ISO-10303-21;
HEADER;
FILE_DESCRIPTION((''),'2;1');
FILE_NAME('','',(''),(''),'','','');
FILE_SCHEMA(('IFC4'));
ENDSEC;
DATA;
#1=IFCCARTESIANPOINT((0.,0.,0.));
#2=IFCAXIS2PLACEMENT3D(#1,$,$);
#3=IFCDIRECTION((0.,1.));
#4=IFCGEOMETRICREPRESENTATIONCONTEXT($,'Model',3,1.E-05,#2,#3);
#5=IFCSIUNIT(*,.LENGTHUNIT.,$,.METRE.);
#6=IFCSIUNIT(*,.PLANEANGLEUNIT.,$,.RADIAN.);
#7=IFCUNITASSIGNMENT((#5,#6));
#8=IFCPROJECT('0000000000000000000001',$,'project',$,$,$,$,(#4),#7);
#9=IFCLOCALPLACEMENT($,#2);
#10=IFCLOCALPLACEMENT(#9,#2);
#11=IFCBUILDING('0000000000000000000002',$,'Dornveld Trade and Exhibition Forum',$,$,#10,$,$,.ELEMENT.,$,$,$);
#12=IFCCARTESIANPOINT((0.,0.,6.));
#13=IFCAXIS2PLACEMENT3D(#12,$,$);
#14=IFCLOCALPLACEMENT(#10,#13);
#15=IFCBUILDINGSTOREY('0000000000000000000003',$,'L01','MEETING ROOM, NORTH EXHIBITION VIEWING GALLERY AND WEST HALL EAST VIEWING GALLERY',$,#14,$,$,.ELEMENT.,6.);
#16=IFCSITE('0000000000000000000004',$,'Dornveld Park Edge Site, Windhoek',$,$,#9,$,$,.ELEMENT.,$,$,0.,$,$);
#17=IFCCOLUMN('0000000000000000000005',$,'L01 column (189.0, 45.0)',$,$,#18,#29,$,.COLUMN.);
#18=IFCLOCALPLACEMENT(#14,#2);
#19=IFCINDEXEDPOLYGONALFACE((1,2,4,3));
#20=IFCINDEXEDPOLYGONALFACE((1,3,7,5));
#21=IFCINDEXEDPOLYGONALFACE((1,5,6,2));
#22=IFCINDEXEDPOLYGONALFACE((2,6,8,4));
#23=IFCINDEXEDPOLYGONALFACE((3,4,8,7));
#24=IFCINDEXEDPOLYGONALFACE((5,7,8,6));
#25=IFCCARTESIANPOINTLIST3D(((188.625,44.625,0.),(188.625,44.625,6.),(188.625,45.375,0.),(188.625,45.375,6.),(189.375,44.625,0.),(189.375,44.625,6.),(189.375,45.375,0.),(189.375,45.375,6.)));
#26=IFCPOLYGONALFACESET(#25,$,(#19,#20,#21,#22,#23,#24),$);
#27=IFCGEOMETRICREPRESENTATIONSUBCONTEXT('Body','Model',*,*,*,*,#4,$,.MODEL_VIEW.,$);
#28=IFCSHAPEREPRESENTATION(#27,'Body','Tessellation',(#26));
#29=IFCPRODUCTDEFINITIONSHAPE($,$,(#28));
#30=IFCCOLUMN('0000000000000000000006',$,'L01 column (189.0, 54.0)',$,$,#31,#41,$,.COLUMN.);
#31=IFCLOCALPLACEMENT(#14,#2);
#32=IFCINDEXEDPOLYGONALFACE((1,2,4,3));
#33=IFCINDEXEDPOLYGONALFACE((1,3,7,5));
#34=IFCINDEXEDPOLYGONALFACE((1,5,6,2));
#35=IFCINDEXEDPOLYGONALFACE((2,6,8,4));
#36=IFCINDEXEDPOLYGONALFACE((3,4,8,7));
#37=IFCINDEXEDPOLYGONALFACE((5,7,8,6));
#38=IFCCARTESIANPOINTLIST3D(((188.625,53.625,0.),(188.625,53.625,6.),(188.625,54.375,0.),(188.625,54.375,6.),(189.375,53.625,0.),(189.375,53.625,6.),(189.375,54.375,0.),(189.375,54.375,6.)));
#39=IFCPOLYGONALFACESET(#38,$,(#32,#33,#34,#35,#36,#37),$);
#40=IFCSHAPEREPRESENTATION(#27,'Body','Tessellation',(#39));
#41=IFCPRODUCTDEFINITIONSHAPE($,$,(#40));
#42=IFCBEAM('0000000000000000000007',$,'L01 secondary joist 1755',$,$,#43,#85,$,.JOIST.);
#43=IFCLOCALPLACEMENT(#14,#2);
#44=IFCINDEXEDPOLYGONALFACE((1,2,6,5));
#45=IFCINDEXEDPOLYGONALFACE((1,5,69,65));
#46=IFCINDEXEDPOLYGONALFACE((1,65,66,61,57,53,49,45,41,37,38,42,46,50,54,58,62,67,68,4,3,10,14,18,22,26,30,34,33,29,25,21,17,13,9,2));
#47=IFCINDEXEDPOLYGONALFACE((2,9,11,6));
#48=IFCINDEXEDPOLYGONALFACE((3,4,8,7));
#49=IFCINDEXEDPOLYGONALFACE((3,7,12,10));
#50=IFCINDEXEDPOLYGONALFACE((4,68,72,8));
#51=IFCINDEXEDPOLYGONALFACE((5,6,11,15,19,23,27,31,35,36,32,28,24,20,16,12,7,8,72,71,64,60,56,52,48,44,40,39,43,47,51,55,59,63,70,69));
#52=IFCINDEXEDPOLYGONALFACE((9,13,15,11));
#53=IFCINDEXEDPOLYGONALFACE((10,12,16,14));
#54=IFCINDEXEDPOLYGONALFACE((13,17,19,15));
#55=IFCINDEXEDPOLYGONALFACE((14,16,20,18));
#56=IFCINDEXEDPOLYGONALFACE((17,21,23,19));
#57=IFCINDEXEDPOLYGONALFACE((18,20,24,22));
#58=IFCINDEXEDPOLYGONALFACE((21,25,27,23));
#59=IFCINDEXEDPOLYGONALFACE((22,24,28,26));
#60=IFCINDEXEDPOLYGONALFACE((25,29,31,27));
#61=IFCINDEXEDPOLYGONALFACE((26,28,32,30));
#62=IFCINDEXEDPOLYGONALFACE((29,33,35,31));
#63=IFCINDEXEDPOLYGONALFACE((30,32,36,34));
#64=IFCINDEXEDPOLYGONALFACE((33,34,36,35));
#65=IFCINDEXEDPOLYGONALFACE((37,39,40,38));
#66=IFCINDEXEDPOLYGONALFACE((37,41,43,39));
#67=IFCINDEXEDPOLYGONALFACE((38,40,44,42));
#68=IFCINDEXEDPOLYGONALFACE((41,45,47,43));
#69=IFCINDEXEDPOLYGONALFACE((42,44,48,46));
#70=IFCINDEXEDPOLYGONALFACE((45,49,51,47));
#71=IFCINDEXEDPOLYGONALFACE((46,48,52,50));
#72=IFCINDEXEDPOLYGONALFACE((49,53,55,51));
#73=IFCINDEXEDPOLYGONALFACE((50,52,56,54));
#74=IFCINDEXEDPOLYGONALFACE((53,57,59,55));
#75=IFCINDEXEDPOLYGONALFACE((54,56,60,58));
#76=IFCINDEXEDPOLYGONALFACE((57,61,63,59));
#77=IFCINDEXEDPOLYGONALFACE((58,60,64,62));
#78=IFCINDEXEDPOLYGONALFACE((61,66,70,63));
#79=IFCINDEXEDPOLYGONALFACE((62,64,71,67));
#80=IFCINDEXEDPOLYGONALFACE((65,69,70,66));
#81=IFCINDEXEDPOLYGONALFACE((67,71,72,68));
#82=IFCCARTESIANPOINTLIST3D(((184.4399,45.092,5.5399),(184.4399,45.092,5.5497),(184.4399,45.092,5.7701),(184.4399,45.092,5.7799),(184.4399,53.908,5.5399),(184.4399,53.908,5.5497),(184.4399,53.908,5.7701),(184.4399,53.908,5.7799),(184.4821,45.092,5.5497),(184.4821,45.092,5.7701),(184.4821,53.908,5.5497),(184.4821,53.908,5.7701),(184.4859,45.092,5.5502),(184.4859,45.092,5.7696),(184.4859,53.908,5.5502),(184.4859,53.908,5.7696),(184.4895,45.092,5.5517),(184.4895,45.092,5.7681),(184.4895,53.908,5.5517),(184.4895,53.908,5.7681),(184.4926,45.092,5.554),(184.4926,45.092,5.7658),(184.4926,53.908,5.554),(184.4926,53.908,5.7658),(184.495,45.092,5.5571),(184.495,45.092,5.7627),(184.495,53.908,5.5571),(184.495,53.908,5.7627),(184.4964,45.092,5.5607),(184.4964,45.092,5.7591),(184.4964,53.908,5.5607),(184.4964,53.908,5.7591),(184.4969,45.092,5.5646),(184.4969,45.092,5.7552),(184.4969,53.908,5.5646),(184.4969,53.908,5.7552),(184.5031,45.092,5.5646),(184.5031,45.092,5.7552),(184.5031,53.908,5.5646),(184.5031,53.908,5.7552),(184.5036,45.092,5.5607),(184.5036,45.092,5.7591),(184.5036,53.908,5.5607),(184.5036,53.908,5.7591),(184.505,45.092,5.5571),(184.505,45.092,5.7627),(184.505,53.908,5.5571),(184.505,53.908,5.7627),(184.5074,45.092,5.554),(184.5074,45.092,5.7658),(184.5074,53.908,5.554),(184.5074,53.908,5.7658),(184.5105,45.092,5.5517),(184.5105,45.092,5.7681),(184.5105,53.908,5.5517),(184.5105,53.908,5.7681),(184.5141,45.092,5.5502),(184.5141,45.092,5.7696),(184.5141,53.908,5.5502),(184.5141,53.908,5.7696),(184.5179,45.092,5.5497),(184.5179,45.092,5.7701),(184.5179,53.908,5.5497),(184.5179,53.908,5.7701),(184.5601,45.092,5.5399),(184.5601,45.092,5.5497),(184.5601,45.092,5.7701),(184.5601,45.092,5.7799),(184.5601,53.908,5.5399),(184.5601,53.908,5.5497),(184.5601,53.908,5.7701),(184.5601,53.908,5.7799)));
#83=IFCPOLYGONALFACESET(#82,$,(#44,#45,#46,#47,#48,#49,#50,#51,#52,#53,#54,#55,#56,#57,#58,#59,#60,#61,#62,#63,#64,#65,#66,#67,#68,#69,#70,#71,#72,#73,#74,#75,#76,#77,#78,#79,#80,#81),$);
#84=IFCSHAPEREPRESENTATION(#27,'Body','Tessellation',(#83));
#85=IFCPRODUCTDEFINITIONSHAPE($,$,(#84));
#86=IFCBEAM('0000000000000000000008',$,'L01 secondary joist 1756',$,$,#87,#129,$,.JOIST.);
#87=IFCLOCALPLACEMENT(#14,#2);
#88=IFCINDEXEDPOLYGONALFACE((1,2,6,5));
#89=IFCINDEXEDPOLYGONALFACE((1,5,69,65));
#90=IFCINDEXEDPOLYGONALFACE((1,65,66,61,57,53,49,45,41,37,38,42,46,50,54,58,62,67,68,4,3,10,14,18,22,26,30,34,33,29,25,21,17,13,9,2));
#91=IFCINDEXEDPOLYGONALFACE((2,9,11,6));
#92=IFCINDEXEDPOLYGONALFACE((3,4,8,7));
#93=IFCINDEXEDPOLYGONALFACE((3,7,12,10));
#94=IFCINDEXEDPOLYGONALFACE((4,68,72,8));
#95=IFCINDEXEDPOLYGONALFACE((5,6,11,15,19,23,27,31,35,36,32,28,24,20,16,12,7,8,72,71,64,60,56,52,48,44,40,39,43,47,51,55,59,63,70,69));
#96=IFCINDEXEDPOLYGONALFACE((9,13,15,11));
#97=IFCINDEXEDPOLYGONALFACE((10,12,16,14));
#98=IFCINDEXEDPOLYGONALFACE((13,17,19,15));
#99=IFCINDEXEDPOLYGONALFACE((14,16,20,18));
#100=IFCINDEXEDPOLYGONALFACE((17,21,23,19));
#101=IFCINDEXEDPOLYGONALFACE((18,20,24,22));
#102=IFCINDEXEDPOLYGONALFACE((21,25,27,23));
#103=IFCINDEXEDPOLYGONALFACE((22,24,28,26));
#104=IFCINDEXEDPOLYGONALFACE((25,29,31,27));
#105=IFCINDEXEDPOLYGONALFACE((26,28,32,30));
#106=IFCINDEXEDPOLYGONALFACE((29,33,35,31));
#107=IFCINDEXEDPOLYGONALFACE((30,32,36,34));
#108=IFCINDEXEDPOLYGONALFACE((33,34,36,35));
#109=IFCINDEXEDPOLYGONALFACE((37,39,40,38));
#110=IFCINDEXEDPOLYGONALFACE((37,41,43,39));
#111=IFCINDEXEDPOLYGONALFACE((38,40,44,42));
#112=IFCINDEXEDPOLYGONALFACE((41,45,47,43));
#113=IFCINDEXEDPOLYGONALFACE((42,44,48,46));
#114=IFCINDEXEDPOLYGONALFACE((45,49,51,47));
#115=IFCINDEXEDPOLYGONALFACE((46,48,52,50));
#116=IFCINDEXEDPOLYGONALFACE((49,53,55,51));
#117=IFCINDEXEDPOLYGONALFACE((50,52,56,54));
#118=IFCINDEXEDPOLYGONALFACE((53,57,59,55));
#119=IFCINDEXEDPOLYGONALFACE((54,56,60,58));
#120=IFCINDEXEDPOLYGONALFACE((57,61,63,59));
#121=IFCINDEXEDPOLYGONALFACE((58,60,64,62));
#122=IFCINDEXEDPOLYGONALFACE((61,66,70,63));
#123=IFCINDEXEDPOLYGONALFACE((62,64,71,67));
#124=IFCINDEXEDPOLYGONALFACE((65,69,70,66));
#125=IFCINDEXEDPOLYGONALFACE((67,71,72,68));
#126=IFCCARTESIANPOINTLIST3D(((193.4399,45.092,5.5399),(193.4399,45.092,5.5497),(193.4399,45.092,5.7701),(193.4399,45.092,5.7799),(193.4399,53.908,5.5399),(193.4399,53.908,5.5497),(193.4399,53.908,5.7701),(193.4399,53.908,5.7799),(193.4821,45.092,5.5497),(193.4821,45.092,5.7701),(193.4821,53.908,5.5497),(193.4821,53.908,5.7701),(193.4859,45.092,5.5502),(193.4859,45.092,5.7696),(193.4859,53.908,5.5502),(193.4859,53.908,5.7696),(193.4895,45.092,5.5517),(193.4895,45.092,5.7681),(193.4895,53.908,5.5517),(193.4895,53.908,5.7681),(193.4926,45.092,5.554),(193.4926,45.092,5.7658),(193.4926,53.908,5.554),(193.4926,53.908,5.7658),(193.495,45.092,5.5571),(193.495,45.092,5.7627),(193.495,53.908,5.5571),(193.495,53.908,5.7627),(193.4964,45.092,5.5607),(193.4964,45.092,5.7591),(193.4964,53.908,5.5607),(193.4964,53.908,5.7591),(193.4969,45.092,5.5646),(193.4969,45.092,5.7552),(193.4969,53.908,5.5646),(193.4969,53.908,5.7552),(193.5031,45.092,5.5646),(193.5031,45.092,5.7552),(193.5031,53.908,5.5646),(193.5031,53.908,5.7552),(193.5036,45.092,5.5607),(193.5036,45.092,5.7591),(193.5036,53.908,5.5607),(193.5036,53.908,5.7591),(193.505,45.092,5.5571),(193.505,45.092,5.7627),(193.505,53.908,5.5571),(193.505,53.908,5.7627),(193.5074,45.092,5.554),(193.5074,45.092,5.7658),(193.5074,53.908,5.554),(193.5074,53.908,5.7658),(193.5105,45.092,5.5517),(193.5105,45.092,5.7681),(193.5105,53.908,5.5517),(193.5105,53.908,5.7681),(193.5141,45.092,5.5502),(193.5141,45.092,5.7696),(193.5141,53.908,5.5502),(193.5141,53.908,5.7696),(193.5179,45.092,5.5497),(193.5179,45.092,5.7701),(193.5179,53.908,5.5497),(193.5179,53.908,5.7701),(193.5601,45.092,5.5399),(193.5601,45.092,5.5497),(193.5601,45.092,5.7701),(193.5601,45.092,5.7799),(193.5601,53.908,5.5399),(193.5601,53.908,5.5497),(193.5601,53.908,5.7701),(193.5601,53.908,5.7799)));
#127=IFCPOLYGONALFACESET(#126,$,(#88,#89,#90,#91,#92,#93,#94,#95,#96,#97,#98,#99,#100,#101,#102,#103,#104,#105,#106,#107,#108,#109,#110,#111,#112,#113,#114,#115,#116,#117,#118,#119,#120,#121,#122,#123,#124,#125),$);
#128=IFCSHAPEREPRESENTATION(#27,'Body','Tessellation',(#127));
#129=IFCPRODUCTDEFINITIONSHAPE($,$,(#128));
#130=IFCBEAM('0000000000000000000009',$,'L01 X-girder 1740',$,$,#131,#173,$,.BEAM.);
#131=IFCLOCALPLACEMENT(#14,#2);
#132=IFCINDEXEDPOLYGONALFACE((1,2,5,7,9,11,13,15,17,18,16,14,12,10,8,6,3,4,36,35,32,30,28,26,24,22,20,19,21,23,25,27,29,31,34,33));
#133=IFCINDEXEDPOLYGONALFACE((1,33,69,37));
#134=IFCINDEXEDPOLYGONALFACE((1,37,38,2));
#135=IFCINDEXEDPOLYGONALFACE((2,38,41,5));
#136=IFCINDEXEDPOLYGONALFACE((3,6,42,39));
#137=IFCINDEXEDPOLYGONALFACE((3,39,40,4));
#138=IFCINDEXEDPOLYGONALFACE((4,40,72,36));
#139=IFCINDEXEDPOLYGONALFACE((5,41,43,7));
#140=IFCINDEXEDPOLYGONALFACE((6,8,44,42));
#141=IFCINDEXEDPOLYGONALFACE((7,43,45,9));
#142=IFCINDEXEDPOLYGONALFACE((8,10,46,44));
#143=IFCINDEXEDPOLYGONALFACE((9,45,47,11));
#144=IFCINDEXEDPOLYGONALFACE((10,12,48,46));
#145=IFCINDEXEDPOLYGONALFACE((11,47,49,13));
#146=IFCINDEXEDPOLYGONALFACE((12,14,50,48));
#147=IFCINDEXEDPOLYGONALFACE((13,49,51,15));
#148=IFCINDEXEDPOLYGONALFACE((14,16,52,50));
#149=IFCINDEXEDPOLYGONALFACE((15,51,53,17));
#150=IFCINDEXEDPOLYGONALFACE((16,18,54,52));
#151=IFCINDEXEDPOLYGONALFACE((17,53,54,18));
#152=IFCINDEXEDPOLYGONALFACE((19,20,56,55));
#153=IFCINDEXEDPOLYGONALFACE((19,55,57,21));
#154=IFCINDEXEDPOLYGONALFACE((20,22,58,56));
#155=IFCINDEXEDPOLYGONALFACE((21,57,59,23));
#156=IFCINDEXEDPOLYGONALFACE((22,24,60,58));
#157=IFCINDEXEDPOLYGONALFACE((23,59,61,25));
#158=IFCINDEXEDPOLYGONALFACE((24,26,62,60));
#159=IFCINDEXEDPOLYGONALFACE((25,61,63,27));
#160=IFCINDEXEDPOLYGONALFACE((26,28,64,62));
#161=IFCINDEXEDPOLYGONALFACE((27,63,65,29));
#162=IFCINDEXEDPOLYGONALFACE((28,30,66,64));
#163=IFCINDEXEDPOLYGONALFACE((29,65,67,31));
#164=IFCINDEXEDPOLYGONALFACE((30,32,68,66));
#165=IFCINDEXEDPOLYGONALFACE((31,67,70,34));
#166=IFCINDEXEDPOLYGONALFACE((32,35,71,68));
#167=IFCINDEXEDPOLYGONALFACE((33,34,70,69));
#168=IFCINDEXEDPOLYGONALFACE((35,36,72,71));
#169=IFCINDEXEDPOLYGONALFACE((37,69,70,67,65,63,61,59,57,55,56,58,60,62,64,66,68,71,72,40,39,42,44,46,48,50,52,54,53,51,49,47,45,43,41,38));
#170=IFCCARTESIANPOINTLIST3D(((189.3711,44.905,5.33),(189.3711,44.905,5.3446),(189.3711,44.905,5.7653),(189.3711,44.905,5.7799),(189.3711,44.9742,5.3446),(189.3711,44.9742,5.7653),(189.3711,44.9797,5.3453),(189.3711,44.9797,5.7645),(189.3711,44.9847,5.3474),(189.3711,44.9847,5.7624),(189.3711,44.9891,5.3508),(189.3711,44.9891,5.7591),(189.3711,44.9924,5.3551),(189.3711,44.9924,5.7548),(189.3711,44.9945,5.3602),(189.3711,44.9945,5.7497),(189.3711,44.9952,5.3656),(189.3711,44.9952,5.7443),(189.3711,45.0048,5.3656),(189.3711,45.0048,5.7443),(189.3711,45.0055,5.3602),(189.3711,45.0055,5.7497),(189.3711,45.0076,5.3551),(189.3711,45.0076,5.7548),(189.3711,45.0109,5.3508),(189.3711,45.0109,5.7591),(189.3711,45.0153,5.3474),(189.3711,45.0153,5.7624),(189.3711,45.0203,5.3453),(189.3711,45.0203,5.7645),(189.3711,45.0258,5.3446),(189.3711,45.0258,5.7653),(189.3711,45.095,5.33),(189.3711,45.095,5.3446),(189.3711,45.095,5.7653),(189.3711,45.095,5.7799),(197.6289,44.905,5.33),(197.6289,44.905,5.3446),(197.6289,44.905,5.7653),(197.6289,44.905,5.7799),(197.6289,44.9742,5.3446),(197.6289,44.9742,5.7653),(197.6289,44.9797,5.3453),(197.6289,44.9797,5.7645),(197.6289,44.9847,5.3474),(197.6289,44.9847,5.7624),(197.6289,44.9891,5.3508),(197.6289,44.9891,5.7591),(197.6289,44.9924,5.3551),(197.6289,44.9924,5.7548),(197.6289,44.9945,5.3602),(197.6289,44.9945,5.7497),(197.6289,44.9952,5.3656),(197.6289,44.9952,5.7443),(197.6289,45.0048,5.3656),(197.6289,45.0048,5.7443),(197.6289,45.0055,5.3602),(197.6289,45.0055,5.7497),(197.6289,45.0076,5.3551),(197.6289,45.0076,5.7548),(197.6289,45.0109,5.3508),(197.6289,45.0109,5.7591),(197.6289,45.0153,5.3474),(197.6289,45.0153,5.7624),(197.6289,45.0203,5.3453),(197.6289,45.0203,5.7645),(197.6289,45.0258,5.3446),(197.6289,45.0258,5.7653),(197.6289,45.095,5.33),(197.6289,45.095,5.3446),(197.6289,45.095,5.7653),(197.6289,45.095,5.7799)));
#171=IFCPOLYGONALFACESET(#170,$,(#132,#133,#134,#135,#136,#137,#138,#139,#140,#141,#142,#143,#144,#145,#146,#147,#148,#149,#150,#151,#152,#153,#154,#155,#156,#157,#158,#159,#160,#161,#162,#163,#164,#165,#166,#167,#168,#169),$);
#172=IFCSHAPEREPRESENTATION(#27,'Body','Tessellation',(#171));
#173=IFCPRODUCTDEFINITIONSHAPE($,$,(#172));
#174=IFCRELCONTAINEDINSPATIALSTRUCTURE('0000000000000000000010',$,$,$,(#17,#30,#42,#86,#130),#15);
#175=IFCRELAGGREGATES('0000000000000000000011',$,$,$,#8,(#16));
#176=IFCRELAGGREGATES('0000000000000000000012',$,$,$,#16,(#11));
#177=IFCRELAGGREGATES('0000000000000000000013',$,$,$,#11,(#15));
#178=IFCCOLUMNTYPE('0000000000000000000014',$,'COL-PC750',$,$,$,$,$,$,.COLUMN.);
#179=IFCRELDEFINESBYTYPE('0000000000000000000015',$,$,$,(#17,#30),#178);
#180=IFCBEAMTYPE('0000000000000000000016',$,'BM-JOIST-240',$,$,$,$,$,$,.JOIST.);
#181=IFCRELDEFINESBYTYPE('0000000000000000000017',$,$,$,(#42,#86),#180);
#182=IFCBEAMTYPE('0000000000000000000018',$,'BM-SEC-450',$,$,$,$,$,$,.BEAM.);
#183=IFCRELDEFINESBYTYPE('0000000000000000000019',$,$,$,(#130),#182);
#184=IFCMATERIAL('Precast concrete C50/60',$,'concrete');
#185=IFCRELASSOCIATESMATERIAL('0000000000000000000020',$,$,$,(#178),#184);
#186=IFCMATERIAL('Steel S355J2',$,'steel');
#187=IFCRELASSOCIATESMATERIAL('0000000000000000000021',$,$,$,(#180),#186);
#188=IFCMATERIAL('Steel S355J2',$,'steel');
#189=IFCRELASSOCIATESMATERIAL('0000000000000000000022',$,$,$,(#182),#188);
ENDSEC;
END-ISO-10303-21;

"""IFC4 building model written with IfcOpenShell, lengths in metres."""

from ifc_helpers import new_model, si_unit, direction, frame, origin, origin_2d, place, context, subcontext, project, spatial, rectangle, i_section, extrude, material, material_profile, profile_set, type_object, element, save


model = new_model("IFC4")

# Units and contexts
model_context = context("Model", 3, precision=1e-05, world=origin(), true_north=direction((0.0, 1.0)))
body_context = subcontext(model_context, "Body", "Model", "MODEL_VIEW")
ifc_project = project(units=[si_unit("LENGTHUNIT", "METRE"), si_unit("PLANEANGLEUNIT", "RADIAN")], contexts=[model_context])

# Site, building, storey
site_placement = place(None, origin())
site = spatial("IfcSite", under=ifc_project, at=site_placement, Name="Dornveld Park Edge Site, Windhoek", CompositionType="ELEMENT", RefElevation=0.0)
building_placement = place(site_placement, origin())
building = spatial("IfcBuilding", under=site, at=building_placement, Name="Dornveld Trade and Exhibition Forum", CompositionType="ELEMENT")
storey_placement = place(building_placement, frame((0.0, 0.0, 6.0)))
storey = spatial("IfcBuildingStorey", under=building, at=storey_placement, Name="L01", Description="MEETING ROOM, NORTH EXHIBITION VIEWING GALLERY AND WEST HALL EAST VIEWING GALLERY", CompositionType="ELEMENT", Elevation=6.0)

# Columns
ifc_material_1 = material(Name="Precast concrete C50/60", Category="concrete")
ifc_material_profile_1 = material_profile(ifc_material_1, rectangle(XDim=0.75, YDim=0.75, at=origin_2d()), Name="PC-COL 750x750")
ifc_profile_set_1 = profile_set([ifc_material_profile_1], Name="Precast concrete C50/60")
column_type = type_object("IfcColumnType", Name="COL-PC750", PredefinedType="COLUMN", material=ifc_profile_set_1)
for number, where, z_axis, x_axis, name in (
    (1, (189.0, 45.0, 0.0), (0.0, 0.0, 1.0), (1.0, 0.0, 0.0), "L01 column (189.0, 45.0)"),
    (2, (189.0, 54.0, 0.0), (0.0, 0.0, 1.0), (1.0, 0.0, 0.0), "L01 column (189.0, 54.0)"),
):
    element("IfcColumn", number, at=place(storey_placement, frame(where, z_axis=z_axis, x_axis=x_axis)), inside=storey, type_object=column_type, Name=name, PredefinedType="COLUMN", context=body_context, shape_type="SweptSolid", body=[
        extrude(rectangle(XDim=0.75, YDim=0.75, at=origin_2d()), origin(), (0.0, 0.0, 1.0), 6.0),
    ])

# Beams
ifc_material_2 = material(Name="Steel S355J2", Category="steel")
ifc_material_profile_2 = material_profile(ifc_material_2, i_section(OverallWidth=0.1201, OverallDepth=0.24, WebThickness=0.0061, FlangeThickness=0.0098, FilletRadius=0.0149, at=origin_2d()), Name="IPE 240")
ifc_profile_set_2 = profile_set([ifc_material_profile_2], Name="Steel S355J2")
beam_type_1 = type_object("IfcBeamType", Name="BM-JOIST-240", PredefinedType="JOIST", material=ifc_profile_set_2)
for number, where, z_axis, x_axis, name in (
    (3, (184.5, 45.092, 5.6599), (0.0, 1.0, 0.0), (-1.0, 0.0, 0.0), "L01 secondary joist 1755"),
    (4, (193.5, 45.092, 5.6599), (0.0, 1.0, 0.0), (-1.0, 0.0, 0.0), "L01 secondary joist 1756"),
):
    element("IfcBeam", number, at=place(storey_placement, frame(where, z_axis=z_axis, x_axis=x_axis)), inside=storey, type_object=beam_type_1, Name=name, PredefinedType="JOIST", context=body_context, shape_type="SweptSolid", body=[
        extrude(i_section(OverallWidth=0.1201, OverallDepth=0.24, WebThickness=0.0061, FlangeThickness=0.0098, FilletRadius=0.0149, at=origin_2d()), origin(), (0.0, 0.0, 1.0), 8.8159),
    ])
ifc_material_3 = material(Name="Steel S355J2", Category="steel")
ifc_material_profile_3 = material_profile(ifc_material_3, i_section(OverallWidth=0.1899, OverallDepth=0.45, WebThickness=0.0095, FlangeThickness=0.0146, FilletRadius=0.021, at=origin_2d()), Name="IPE 450")
ifc_profile_set_3 = profile_set([ifc_material_profile_3], Name="Steel S355J2")
beam_type_2 = type_object("IfcBeamType", Name="BM-SEC-450", PredefinedType="BEAM", material=ifc_profile_set_3)
for number, where, z_axis, x_axis, name in (
    (5, (189.3711, 45.0, 5.5549), (1.0, 0.0, 0.0), (0.0, 1.0, 0.0), "L01 X-girder 1740"),
):
    element("IfcBeam", number, at=place(storey_placement, frame(where, z_axis=z_axis, x_axis=x_axis)), inside=storey, type_object=beam_type_2, Name=name, PredefinedType="BEAM", context=body_context, shape_type="SweptSolid", body=[
        extrude(i_section(OverallWidth=0.1899, OverallDepth=0.45, WebThickness=0.0095, FlangeThickness=0.0146, FilletRadius=0.021, at=origin_2d()), origin(), (0.0, 0.0, 1.0), 8.2578),
    ])

save(model, "model.ifc")
